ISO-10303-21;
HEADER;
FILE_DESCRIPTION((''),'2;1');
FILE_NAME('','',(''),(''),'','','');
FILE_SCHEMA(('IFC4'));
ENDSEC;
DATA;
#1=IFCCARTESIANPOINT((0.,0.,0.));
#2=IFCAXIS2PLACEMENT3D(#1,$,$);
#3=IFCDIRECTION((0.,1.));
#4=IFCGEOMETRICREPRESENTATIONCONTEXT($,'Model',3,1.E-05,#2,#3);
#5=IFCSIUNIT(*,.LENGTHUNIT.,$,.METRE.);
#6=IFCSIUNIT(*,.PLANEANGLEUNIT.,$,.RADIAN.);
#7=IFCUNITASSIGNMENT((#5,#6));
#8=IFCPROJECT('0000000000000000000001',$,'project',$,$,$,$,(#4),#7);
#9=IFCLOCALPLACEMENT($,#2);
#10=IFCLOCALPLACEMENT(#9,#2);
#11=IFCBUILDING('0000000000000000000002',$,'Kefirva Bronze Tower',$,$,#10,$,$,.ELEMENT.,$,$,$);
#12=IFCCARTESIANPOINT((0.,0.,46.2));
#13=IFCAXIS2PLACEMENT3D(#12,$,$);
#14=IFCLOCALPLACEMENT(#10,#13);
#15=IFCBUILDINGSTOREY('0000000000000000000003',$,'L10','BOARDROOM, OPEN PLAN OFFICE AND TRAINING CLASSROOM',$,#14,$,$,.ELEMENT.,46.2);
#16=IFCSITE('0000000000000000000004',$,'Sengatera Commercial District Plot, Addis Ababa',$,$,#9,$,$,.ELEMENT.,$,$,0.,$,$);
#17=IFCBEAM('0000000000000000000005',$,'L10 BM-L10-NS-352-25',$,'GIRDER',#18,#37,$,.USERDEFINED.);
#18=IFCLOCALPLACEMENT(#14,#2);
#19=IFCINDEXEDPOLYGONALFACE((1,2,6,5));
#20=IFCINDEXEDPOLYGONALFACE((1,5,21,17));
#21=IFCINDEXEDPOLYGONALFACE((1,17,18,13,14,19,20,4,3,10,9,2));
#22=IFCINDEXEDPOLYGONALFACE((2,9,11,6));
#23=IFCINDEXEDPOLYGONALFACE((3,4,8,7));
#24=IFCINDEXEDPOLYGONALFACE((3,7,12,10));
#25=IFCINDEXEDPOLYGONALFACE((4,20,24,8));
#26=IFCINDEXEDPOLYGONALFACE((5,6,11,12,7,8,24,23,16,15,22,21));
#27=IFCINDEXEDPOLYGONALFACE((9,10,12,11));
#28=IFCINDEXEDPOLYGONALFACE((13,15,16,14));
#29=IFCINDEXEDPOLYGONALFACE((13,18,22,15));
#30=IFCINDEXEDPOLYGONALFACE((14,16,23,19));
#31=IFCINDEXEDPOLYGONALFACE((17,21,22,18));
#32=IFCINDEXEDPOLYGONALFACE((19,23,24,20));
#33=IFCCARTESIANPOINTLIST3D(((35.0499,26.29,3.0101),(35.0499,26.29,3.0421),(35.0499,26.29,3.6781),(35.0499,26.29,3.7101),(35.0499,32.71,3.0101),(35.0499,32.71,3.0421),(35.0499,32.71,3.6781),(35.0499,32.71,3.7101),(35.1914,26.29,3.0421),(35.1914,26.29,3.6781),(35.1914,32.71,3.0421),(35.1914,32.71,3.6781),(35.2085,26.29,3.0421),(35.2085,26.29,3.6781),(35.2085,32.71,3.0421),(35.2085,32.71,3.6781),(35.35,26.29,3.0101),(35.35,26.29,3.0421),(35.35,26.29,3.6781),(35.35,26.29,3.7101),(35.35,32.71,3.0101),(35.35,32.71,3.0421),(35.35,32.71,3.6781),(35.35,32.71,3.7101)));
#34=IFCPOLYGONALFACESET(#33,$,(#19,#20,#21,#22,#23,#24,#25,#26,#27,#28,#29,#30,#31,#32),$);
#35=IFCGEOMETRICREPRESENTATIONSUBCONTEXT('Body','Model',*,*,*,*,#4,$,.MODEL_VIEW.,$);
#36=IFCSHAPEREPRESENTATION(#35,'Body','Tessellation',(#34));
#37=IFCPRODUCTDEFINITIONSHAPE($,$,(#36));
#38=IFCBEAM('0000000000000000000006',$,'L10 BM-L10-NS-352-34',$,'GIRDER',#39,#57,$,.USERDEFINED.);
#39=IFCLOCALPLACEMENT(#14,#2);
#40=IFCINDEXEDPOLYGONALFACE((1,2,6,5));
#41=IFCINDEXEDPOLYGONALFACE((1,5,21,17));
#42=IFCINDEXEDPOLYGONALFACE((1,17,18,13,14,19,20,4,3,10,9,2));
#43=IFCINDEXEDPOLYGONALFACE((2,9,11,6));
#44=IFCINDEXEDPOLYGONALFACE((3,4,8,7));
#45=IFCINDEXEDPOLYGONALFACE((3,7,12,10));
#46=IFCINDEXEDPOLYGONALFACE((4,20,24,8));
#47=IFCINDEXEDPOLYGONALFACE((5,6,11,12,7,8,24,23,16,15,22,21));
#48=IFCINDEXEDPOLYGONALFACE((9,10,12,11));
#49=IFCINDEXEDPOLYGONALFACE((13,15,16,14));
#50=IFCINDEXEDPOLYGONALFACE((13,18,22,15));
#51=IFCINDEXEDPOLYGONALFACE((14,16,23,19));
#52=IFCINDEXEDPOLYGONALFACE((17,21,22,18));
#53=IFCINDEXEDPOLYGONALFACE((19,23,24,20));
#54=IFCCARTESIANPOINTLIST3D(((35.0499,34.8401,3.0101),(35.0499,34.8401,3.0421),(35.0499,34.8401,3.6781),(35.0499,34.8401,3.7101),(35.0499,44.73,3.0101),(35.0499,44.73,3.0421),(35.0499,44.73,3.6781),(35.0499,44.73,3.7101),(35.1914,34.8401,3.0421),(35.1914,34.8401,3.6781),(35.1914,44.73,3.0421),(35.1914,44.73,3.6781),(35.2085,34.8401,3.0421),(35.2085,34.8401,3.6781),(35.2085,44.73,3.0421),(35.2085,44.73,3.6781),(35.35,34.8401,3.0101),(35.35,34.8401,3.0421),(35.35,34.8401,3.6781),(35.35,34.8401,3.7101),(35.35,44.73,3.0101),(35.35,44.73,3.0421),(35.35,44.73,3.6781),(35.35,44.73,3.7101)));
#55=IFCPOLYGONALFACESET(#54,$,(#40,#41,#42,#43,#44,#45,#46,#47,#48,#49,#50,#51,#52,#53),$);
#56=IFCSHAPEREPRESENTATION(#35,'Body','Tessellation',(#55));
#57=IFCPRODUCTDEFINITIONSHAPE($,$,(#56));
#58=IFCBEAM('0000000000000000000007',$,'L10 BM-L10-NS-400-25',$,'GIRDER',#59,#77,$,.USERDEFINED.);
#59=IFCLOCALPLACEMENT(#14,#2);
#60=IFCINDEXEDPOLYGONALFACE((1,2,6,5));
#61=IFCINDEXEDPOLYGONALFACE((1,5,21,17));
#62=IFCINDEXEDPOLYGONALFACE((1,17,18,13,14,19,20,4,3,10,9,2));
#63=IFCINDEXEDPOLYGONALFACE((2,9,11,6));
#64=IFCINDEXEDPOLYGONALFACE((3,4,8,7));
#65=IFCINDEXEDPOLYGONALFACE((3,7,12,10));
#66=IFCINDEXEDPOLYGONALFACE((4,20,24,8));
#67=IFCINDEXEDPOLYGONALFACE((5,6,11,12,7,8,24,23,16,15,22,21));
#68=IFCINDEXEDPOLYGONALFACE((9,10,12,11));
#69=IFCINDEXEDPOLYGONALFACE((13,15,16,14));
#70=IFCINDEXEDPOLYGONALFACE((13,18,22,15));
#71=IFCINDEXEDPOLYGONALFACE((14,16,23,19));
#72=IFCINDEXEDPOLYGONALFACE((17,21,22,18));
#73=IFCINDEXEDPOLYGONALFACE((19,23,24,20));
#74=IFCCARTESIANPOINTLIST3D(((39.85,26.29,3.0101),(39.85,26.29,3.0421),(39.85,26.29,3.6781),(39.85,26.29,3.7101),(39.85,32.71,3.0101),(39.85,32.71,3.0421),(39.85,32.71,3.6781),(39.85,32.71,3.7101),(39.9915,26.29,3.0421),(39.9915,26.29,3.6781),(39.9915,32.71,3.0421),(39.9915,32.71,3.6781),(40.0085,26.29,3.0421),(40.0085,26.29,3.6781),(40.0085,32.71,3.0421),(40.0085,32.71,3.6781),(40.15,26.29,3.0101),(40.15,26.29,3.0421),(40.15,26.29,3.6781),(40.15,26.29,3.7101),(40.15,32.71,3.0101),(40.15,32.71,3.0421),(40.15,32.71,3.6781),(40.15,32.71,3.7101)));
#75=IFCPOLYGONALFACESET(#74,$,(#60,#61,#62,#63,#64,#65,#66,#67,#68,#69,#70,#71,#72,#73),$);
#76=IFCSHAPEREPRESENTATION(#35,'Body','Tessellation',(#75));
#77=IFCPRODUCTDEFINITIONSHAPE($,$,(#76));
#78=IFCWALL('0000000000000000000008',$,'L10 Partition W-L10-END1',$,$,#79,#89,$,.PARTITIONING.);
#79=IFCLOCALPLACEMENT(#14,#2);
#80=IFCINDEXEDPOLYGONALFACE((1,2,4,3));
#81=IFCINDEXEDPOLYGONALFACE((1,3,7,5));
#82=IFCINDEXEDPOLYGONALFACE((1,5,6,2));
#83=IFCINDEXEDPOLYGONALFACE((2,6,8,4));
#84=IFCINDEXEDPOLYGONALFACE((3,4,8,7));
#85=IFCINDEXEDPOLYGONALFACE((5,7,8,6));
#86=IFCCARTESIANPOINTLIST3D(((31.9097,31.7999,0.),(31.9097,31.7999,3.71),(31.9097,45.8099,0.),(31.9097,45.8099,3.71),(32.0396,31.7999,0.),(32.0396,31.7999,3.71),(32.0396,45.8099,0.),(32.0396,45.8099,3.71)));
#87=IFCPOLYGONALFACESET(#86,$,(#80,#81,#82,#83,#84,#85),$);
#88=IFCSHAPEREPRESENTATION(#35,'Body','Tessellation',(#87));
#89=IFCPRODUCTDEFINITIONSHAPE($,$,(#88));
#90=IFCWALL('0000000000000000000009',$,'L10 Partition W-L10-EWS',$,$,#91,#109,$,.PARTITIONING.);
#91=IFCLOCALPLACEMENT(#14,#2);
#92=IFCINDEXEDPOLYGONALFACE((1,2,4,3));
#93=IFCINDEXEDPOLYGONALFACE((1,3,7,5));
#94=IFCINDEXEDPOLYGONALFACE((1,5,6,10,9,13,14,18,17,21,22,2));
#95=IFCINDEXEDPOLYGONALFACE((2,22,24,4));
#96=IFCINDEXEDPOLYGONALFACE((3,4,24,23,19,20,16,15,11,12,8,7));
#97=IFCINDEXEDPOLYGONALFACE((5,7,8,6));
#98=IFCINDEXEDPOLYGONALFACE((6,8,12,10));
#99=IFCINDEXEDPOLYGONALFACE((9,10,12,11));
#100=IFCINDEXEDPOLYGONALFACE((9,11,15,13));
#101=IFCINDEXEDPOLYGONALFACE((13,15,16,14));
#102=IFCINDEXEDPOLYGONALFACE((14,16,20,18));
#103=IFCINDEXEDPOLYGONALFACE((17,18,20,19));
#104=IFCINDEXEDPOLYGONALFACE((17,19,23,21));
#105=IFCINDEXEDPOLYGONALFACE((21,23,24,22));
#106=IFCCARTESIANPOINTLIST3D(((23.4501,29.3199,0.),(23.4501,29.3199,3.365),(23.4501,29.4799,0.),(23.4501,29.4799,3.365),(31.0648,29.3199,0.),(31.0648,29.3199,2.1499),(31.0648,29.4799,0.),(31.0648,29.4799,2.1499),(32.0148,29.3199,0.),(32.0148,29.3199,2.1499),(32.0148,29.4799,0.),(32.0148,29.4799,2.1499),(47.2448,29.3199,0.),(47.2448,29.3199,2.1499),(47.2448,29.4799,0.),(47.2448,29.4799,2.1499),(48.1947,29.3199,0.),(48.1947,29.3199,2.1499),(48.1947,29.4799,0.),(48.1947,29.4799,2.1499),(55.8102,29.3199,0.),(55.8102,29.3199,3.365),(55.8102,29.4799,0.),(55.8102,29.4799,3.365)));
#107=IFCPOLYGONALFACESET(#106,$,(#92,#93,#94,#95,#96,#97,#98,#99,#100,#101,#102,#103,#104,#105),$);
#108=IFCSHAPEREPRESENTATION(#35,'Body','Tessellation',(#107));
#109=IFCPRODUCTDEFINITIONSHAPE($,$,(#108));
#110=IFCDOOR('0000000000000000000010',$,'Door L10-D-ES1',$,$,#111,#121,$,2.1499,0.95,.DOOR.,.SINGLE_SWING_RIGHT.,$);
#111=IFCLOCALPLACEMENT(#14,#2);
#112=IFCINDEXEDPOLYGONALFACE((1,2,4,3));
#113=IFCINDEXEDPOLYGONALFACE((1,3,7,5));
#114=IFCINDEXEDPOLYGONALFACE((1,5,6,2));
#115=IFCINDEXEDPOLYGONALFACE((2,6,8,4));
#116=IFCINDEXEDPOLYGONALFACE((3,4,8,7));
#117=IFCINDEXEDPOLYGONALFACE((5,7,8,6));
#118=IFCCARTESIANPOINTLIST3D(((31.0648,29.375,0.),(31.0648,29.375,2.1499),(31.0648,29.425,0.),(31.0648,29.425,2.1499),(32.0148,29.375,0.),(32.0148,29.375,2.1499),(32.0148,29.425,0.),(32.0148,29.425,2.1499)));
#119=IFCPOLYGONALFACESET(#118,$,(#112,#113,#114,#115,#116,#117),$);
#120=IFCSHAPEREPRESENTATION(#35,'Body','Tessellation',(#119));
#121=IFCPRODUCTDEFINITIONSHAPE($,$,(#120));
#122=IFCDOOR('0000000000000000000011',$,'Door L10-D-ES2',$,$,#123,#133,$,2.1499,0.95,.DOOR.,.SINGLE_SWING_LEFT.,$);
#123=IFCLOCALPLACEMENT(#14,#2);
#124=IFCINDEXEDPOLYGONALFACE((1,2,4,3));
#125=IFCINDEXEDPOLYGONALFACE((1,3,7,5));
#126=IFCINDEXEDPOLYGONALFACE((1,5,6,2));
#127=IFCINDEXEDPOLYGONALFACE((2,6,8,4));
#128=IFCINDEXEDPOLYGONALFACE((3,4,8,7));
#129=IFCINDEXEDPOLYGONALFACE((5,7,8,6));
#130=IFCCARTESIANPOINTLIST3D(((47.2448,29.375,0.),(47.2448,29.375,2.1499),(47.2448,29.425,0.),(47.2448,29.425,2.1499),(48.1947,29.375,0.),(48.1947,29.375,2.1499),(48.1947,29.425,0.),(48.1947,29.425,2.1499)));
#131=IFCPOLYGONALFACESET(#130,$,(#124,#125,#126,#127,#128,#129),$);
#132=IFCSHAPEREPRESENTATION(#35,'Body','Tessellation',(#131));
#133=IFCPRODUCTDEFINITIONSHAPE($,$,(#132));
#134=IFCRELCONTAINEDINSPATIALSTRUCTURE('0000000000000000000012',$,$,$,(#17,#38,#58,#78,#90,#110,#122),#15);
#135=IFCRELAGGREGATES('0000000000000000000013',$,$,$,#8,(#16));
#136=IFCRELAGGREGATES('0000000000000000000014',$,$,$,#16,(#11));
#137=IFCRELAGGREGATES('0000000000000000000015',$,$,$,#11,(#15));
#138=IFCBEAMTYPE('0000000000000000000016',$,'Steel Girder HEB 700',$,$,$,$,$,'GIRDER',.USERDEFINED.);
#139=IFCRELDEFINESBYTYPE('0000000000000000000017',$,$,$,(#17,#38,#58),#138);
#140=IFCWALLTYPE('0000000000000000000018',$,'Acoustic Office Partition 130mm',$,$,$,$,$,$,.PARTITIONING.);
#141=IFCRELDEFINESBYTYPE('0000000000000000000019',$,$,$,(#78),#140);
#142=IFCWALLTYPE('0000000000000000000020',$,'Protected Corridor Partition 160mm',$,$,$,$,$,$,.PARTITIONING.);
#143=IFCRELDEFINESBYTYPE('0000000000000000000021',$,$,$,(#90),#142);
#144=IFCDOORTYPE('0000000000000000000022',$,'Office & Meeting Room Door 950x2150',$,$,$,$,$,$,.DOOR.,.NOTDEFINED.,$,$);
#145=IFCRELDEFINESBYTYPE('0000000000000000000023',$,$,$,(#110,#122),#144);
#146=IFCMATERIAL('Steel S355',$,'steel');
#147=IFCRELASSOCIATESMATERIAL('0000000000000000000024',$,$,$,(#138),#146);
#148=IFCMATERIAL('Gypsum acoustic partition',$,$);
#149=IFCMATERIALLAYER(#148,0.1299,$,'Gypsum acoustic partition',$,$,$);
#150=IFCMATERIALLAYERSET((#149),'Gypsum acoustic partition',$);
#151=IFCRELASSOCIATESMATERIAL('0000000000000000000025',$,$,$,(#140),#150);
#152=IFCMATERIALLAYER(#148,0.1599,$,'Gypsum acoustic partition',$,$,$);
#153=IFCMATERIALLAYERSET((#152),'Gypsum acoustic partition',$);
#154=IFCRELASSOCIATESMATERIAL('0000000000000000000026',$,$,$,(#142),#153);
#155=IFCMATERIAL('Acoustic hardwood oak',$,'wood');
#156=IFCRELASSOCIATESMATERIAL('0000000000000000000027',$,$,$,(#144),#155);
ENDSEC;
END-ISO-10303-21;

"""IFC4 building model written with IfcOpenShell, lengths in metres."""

from ifc_helpers import new_model, si_unit, direction, frame, frame_2d, origin, origin_2d, place, context, subcontext, project, spatial, rectangle, i_section, extrude, material, layer, layer_set, material_profile, profile_set, type_object, element, fill, save


model = new_model("IFC4")

# Units and contexts
model_context = context("Model", 3, precision=1e-05, world=origin(), true_north=direction((0.0, 1.0)))
body_context = subcontext(model_context, "Body", "Model", "MODEL_VIEW")
ifc_project = project(units=[si_unit("LENGTHUNIT", "METRE"), si_unit("PLANEANGLEUNIT", "RADIAN")], contexts=[model_context])

# Site, building, storey
site_placement = place(None, origin())
site = spatial("IfcSite", under=ifc_project, at=site_placement, Name="Sengatera Commercial District Plot, Addis Ababa", CompositionType="ELEMENT", RefElevation=0.0)
building_placement = place(site_placement, origin())
building = spatial("IfcBuilding", under=site, at=building_placement, Name="Kefirva Bronze Tower", CompositionType="ELEMENT")
storey_placement = place(building_placement, frame((0.0, 0.0, 46.2)))
storey = spatial("IfcBuildingStorey", under=building, at=storey_placement, Name="L10", Description="BOARDROOM, OPEN PLAN OFFICE AND TRAINING CLASSROOM", CompositionType="ELEMENT", Elevation=46.2)

# Beams
ifc_material_1 = material(Name="Steel S355", Category="steel")
ifc_material_profile_1 = material_profile(ifc_material_1, i_section(OverallWidth=0.3, OverallDepth=0.7, WebThickness=0.0171, FlangeThickness=0.032, at=origin_2d()), Name="HEB 700")
ifc_profile_set_1 = profile_set([ifc_material_profile_1], Name="Steel S355")
beam_type_1 = type_object("IfcBeamType", Name="Steel Girder HEB 700", ElementType="GIRDER", PredefinedType="USERDEFINED", material=ifc_profile_set_1)
beam_1_placement = place(storey_placement, frame((35.2, 26.29, 3.3601), z_axis=(0.0, 1.0, 0.0), x_axis=(-1.0, 0.0, 0.0)))
element("IfcBeam", 1, at=beam_1_placement, inside=storey, type_object=beam_type_1, Name="L10 BM-L10-NS-352-25", ObjectType="GIRDER", PredefinedType="USERDEFINED", context=body_context, shape_type="SweptSolid", body=[
    extrude(i_section(OverallWidth=0.3, OverallDepth=0.7, WebThickness=0.0171, FlangeThickness=0.032, at=origin_2d()), origin(), (0.0, 0.0, 1.0), 6.4199),
])
beam_2_placement = place(storey_placement, frame((35.2, 34.8401, 3.3601), z_axis=(0.0, 1.0, 0.0), x_axis=(-1.0, 0.0, 0.0)))
element("IfcBeam", 2, at=beam_2_placement, inside=storey, type_object=beam_type_1, Name="L10 BM-L10-NS-352-34", ObjectType="GIRDER", PredefinedType="USERDEFINED", context=body_context, shape_type="SweptSolid", body=[
    extrude(i_section(OverallWidth=0.3, OverallDepth=0.7, WebThickness=0.0171, FlangeThickness=0.032, at=origin_2d()), origin(), (0.0, 0.0, 1.0), 9.8899),
])
beam_3_placement = place(storey_placement, frame((40.0, 26.29, 3.3601), z_axis=(0.0, 1.0, 0.0), x_axis=(-1.0, 0.0, 0.0)))
element("IfcBeam", 3, at=beam_3_placement, inside=storey, type_object=beam_type_1, Name="L10 BM-L10-NS-400-25", ObjectType="GIRDER", PredefinedType="USERDEFINED", context=body_context, shape_type="SweptSolid", body=[
    extrude(i_section(OverallWidth=0.3, OverallDepth=0.7, WebThickness=0.0171, FlangeThickness=0.032, at=origin_2d()), origin(), (0.0, 0.0, 1.0), 6.4199),
])

# Wall
ifc_material_2 = material(Name="Gypsum acoustic partition")
ifc_layer_1 = layer(ifc_material_2, 0.1299, Name="Gypsum acoustic partition")
ifc_layer_set_1 = layer_set([ifc_layer_1], Name="Gypsum acoustic partition")
wall_type_1 = type_object("IfcWallType", Name="Acoustic Office Partition 130mm", PredefinedType="PARTITIONING", material=ifc_layer_set_1)
wall_1_placement = place(storey_placement, frame((31.9746, 31.8, 0.0), z_axis=(0.0, 0.0, 1.0), x_axis=(0.0, 1.0, 0.0)))
element("IfcWall", 4, at=wall_1_placement, inside=storey, type_object=wall_type_1, Name="L10 Partition W-L10-END1", PredefinedType="PARTITIONING", context=body_context, shape_type="SweptSolid", body=[
    extrude(rectangle(XDim=14.01, YDim=0.1299, at=frame_2d((7.0049, 0.0))), origin(), (0.0, 0.0, 1.0), 3.71),
])

# Wall, openings, doors
ifc_layer_2 = layer(ifc_material_2, 0.1599, Name="Gypsum acoustic partition")
ifc_layer_set_2 = layer_set([ifc_layer_2], Name="Gypsum acoustic partition")
wall_type_2 = type_object("IfcWallType", Name="Protected Corridor Partition 160mm", PredefinedType="PARTITIONING", material=ifc_layer_set_2)
wall_2_placement = place(storey_placement, frame((23.45, 29.3999, 0.0), z_axis=(0.0, 0.0, 1.0), x_axis=(1.0, 0.0, 0.0)))
wall_2 = element("IfcWall", 5, at=wall_2_placement, inside=storey, type_object=wall_type_2, Name="L10 Partition W-L10-EWS", PredefinedType="PARTITIONING", context=body_context, shape_type="SweptSolid", body=[
    extrude(rectangle(XDim=32.3601, YDim=0.1599, at=frame_2d((16.1802, 0.0))), origin(), (0.0, 0.0, 1.0), 3.365),
])
opening_1_placement = place(wall_2_placement, frame((8.5649, 0.0, 0.0), z_axis=(0.0, 0.0, 1.0), x_axis=(-1.0, 0.0, 0.0)))
opening_1 = element("IfcOpeningElement", 6, at=opening_1_placement, cuts=wall_2, PredefinedType="OPENING", context=body_context, shape_type="SweptSolid", body=[
    extrude(rectangle(XDim=0.95, YDim=2.1499, at=frame_2d((0.4751, 1.075))), frame((0.0, 0.0898, 0.0), z_axis=(0.0, -1.0, 0.0), x_axis=(1.0, 0.0, 0.0)), (0.0, 0.0, 1.0), 0.1799),
])
opening_2_placement = place(wall_2_placement, frame((24.7449, 0.0, 0.0), z_axis=(0.0, 0.0, 1.0), x_axis=(-1.0, 0.0, 0.0)))
opening_2 = element("IfcOpeningElement", 7, at=opening_2_placement, cuts=wall_2, PredefinedType="OPENING", context=body_context, shape_type="SweptSolid", body=[
    extrude(rectangle(XDim=0.95, YDim=2.1499, at=frame_2d((0.4751, 1.075))), frame((0.0, 0.0898, 0.0), z_axis=(0.0, -1.0, 0.0), x_axis=(1.0, 0.0, 0.0)), (0.0, 0.0, 1.0), 0.1799),
])
ifc_material_3 = material(Name="Acoustic hardwood oak", Category="wood")
door_type = type_object("IfcDoorType", Name="Office & Meeting Room Door 950x2150", OperationType="NOTDEFINED", PredefinedType="DOOR", material=ifc_material_3)
door_1_placement = place(opening_1_placement, origin())
door_1 = element("IfcDoor", 8, at=door_1_placement, inside=storey, type_object=door_type, Name="Door L10-D-ES1", OperationType="SINGLE_SWING_RIGHT", OverallHeight=2.1499, OverallWidth=0.95, PredefinedType="DOOR", context=body_context, shape_type="SweptSolid", body=[
    extrude(rectangle(XDim=0.95, YDim=2.1499, at=frame_2d((0.4751, 1.075))), frame((0.0, 0.0249, 0.0), z_axis=(0.0, -1.0, 0.0), x_axis=(1.0, 0.0, 0.0)), (0.0, 0.0, 1.0), 0.05),
])
fill(opening_1, door_1)
door_2_placement = place(opening_2_placement, origin())
door_2 = element("IfcDoor", 9, at=door_2_placement, inside=storey, type_object=door_type, Name="Door L10-D-ES2", OperationType="SINGLE_SWING_LEFT", OverallHeight=2.1499, OverallWidth=0.95, PredefinedType="DOOR", context=body_context, shape_type="SweptSolid", body=[
    extrude(rectangle(XDim=0.95, YDim=2.1499, at=frame_2d((0.4751, 1.075))), frame((0.0, 0.0249, 0.0), z_axis=(0.0, -1.0, 0.0), x_axis=(1.0, 0.0, 0.0)), (0.0, 0.0, 1.0), 0.05),
])
fill(opening_2, door_2)

save(model, "model.ifc")
